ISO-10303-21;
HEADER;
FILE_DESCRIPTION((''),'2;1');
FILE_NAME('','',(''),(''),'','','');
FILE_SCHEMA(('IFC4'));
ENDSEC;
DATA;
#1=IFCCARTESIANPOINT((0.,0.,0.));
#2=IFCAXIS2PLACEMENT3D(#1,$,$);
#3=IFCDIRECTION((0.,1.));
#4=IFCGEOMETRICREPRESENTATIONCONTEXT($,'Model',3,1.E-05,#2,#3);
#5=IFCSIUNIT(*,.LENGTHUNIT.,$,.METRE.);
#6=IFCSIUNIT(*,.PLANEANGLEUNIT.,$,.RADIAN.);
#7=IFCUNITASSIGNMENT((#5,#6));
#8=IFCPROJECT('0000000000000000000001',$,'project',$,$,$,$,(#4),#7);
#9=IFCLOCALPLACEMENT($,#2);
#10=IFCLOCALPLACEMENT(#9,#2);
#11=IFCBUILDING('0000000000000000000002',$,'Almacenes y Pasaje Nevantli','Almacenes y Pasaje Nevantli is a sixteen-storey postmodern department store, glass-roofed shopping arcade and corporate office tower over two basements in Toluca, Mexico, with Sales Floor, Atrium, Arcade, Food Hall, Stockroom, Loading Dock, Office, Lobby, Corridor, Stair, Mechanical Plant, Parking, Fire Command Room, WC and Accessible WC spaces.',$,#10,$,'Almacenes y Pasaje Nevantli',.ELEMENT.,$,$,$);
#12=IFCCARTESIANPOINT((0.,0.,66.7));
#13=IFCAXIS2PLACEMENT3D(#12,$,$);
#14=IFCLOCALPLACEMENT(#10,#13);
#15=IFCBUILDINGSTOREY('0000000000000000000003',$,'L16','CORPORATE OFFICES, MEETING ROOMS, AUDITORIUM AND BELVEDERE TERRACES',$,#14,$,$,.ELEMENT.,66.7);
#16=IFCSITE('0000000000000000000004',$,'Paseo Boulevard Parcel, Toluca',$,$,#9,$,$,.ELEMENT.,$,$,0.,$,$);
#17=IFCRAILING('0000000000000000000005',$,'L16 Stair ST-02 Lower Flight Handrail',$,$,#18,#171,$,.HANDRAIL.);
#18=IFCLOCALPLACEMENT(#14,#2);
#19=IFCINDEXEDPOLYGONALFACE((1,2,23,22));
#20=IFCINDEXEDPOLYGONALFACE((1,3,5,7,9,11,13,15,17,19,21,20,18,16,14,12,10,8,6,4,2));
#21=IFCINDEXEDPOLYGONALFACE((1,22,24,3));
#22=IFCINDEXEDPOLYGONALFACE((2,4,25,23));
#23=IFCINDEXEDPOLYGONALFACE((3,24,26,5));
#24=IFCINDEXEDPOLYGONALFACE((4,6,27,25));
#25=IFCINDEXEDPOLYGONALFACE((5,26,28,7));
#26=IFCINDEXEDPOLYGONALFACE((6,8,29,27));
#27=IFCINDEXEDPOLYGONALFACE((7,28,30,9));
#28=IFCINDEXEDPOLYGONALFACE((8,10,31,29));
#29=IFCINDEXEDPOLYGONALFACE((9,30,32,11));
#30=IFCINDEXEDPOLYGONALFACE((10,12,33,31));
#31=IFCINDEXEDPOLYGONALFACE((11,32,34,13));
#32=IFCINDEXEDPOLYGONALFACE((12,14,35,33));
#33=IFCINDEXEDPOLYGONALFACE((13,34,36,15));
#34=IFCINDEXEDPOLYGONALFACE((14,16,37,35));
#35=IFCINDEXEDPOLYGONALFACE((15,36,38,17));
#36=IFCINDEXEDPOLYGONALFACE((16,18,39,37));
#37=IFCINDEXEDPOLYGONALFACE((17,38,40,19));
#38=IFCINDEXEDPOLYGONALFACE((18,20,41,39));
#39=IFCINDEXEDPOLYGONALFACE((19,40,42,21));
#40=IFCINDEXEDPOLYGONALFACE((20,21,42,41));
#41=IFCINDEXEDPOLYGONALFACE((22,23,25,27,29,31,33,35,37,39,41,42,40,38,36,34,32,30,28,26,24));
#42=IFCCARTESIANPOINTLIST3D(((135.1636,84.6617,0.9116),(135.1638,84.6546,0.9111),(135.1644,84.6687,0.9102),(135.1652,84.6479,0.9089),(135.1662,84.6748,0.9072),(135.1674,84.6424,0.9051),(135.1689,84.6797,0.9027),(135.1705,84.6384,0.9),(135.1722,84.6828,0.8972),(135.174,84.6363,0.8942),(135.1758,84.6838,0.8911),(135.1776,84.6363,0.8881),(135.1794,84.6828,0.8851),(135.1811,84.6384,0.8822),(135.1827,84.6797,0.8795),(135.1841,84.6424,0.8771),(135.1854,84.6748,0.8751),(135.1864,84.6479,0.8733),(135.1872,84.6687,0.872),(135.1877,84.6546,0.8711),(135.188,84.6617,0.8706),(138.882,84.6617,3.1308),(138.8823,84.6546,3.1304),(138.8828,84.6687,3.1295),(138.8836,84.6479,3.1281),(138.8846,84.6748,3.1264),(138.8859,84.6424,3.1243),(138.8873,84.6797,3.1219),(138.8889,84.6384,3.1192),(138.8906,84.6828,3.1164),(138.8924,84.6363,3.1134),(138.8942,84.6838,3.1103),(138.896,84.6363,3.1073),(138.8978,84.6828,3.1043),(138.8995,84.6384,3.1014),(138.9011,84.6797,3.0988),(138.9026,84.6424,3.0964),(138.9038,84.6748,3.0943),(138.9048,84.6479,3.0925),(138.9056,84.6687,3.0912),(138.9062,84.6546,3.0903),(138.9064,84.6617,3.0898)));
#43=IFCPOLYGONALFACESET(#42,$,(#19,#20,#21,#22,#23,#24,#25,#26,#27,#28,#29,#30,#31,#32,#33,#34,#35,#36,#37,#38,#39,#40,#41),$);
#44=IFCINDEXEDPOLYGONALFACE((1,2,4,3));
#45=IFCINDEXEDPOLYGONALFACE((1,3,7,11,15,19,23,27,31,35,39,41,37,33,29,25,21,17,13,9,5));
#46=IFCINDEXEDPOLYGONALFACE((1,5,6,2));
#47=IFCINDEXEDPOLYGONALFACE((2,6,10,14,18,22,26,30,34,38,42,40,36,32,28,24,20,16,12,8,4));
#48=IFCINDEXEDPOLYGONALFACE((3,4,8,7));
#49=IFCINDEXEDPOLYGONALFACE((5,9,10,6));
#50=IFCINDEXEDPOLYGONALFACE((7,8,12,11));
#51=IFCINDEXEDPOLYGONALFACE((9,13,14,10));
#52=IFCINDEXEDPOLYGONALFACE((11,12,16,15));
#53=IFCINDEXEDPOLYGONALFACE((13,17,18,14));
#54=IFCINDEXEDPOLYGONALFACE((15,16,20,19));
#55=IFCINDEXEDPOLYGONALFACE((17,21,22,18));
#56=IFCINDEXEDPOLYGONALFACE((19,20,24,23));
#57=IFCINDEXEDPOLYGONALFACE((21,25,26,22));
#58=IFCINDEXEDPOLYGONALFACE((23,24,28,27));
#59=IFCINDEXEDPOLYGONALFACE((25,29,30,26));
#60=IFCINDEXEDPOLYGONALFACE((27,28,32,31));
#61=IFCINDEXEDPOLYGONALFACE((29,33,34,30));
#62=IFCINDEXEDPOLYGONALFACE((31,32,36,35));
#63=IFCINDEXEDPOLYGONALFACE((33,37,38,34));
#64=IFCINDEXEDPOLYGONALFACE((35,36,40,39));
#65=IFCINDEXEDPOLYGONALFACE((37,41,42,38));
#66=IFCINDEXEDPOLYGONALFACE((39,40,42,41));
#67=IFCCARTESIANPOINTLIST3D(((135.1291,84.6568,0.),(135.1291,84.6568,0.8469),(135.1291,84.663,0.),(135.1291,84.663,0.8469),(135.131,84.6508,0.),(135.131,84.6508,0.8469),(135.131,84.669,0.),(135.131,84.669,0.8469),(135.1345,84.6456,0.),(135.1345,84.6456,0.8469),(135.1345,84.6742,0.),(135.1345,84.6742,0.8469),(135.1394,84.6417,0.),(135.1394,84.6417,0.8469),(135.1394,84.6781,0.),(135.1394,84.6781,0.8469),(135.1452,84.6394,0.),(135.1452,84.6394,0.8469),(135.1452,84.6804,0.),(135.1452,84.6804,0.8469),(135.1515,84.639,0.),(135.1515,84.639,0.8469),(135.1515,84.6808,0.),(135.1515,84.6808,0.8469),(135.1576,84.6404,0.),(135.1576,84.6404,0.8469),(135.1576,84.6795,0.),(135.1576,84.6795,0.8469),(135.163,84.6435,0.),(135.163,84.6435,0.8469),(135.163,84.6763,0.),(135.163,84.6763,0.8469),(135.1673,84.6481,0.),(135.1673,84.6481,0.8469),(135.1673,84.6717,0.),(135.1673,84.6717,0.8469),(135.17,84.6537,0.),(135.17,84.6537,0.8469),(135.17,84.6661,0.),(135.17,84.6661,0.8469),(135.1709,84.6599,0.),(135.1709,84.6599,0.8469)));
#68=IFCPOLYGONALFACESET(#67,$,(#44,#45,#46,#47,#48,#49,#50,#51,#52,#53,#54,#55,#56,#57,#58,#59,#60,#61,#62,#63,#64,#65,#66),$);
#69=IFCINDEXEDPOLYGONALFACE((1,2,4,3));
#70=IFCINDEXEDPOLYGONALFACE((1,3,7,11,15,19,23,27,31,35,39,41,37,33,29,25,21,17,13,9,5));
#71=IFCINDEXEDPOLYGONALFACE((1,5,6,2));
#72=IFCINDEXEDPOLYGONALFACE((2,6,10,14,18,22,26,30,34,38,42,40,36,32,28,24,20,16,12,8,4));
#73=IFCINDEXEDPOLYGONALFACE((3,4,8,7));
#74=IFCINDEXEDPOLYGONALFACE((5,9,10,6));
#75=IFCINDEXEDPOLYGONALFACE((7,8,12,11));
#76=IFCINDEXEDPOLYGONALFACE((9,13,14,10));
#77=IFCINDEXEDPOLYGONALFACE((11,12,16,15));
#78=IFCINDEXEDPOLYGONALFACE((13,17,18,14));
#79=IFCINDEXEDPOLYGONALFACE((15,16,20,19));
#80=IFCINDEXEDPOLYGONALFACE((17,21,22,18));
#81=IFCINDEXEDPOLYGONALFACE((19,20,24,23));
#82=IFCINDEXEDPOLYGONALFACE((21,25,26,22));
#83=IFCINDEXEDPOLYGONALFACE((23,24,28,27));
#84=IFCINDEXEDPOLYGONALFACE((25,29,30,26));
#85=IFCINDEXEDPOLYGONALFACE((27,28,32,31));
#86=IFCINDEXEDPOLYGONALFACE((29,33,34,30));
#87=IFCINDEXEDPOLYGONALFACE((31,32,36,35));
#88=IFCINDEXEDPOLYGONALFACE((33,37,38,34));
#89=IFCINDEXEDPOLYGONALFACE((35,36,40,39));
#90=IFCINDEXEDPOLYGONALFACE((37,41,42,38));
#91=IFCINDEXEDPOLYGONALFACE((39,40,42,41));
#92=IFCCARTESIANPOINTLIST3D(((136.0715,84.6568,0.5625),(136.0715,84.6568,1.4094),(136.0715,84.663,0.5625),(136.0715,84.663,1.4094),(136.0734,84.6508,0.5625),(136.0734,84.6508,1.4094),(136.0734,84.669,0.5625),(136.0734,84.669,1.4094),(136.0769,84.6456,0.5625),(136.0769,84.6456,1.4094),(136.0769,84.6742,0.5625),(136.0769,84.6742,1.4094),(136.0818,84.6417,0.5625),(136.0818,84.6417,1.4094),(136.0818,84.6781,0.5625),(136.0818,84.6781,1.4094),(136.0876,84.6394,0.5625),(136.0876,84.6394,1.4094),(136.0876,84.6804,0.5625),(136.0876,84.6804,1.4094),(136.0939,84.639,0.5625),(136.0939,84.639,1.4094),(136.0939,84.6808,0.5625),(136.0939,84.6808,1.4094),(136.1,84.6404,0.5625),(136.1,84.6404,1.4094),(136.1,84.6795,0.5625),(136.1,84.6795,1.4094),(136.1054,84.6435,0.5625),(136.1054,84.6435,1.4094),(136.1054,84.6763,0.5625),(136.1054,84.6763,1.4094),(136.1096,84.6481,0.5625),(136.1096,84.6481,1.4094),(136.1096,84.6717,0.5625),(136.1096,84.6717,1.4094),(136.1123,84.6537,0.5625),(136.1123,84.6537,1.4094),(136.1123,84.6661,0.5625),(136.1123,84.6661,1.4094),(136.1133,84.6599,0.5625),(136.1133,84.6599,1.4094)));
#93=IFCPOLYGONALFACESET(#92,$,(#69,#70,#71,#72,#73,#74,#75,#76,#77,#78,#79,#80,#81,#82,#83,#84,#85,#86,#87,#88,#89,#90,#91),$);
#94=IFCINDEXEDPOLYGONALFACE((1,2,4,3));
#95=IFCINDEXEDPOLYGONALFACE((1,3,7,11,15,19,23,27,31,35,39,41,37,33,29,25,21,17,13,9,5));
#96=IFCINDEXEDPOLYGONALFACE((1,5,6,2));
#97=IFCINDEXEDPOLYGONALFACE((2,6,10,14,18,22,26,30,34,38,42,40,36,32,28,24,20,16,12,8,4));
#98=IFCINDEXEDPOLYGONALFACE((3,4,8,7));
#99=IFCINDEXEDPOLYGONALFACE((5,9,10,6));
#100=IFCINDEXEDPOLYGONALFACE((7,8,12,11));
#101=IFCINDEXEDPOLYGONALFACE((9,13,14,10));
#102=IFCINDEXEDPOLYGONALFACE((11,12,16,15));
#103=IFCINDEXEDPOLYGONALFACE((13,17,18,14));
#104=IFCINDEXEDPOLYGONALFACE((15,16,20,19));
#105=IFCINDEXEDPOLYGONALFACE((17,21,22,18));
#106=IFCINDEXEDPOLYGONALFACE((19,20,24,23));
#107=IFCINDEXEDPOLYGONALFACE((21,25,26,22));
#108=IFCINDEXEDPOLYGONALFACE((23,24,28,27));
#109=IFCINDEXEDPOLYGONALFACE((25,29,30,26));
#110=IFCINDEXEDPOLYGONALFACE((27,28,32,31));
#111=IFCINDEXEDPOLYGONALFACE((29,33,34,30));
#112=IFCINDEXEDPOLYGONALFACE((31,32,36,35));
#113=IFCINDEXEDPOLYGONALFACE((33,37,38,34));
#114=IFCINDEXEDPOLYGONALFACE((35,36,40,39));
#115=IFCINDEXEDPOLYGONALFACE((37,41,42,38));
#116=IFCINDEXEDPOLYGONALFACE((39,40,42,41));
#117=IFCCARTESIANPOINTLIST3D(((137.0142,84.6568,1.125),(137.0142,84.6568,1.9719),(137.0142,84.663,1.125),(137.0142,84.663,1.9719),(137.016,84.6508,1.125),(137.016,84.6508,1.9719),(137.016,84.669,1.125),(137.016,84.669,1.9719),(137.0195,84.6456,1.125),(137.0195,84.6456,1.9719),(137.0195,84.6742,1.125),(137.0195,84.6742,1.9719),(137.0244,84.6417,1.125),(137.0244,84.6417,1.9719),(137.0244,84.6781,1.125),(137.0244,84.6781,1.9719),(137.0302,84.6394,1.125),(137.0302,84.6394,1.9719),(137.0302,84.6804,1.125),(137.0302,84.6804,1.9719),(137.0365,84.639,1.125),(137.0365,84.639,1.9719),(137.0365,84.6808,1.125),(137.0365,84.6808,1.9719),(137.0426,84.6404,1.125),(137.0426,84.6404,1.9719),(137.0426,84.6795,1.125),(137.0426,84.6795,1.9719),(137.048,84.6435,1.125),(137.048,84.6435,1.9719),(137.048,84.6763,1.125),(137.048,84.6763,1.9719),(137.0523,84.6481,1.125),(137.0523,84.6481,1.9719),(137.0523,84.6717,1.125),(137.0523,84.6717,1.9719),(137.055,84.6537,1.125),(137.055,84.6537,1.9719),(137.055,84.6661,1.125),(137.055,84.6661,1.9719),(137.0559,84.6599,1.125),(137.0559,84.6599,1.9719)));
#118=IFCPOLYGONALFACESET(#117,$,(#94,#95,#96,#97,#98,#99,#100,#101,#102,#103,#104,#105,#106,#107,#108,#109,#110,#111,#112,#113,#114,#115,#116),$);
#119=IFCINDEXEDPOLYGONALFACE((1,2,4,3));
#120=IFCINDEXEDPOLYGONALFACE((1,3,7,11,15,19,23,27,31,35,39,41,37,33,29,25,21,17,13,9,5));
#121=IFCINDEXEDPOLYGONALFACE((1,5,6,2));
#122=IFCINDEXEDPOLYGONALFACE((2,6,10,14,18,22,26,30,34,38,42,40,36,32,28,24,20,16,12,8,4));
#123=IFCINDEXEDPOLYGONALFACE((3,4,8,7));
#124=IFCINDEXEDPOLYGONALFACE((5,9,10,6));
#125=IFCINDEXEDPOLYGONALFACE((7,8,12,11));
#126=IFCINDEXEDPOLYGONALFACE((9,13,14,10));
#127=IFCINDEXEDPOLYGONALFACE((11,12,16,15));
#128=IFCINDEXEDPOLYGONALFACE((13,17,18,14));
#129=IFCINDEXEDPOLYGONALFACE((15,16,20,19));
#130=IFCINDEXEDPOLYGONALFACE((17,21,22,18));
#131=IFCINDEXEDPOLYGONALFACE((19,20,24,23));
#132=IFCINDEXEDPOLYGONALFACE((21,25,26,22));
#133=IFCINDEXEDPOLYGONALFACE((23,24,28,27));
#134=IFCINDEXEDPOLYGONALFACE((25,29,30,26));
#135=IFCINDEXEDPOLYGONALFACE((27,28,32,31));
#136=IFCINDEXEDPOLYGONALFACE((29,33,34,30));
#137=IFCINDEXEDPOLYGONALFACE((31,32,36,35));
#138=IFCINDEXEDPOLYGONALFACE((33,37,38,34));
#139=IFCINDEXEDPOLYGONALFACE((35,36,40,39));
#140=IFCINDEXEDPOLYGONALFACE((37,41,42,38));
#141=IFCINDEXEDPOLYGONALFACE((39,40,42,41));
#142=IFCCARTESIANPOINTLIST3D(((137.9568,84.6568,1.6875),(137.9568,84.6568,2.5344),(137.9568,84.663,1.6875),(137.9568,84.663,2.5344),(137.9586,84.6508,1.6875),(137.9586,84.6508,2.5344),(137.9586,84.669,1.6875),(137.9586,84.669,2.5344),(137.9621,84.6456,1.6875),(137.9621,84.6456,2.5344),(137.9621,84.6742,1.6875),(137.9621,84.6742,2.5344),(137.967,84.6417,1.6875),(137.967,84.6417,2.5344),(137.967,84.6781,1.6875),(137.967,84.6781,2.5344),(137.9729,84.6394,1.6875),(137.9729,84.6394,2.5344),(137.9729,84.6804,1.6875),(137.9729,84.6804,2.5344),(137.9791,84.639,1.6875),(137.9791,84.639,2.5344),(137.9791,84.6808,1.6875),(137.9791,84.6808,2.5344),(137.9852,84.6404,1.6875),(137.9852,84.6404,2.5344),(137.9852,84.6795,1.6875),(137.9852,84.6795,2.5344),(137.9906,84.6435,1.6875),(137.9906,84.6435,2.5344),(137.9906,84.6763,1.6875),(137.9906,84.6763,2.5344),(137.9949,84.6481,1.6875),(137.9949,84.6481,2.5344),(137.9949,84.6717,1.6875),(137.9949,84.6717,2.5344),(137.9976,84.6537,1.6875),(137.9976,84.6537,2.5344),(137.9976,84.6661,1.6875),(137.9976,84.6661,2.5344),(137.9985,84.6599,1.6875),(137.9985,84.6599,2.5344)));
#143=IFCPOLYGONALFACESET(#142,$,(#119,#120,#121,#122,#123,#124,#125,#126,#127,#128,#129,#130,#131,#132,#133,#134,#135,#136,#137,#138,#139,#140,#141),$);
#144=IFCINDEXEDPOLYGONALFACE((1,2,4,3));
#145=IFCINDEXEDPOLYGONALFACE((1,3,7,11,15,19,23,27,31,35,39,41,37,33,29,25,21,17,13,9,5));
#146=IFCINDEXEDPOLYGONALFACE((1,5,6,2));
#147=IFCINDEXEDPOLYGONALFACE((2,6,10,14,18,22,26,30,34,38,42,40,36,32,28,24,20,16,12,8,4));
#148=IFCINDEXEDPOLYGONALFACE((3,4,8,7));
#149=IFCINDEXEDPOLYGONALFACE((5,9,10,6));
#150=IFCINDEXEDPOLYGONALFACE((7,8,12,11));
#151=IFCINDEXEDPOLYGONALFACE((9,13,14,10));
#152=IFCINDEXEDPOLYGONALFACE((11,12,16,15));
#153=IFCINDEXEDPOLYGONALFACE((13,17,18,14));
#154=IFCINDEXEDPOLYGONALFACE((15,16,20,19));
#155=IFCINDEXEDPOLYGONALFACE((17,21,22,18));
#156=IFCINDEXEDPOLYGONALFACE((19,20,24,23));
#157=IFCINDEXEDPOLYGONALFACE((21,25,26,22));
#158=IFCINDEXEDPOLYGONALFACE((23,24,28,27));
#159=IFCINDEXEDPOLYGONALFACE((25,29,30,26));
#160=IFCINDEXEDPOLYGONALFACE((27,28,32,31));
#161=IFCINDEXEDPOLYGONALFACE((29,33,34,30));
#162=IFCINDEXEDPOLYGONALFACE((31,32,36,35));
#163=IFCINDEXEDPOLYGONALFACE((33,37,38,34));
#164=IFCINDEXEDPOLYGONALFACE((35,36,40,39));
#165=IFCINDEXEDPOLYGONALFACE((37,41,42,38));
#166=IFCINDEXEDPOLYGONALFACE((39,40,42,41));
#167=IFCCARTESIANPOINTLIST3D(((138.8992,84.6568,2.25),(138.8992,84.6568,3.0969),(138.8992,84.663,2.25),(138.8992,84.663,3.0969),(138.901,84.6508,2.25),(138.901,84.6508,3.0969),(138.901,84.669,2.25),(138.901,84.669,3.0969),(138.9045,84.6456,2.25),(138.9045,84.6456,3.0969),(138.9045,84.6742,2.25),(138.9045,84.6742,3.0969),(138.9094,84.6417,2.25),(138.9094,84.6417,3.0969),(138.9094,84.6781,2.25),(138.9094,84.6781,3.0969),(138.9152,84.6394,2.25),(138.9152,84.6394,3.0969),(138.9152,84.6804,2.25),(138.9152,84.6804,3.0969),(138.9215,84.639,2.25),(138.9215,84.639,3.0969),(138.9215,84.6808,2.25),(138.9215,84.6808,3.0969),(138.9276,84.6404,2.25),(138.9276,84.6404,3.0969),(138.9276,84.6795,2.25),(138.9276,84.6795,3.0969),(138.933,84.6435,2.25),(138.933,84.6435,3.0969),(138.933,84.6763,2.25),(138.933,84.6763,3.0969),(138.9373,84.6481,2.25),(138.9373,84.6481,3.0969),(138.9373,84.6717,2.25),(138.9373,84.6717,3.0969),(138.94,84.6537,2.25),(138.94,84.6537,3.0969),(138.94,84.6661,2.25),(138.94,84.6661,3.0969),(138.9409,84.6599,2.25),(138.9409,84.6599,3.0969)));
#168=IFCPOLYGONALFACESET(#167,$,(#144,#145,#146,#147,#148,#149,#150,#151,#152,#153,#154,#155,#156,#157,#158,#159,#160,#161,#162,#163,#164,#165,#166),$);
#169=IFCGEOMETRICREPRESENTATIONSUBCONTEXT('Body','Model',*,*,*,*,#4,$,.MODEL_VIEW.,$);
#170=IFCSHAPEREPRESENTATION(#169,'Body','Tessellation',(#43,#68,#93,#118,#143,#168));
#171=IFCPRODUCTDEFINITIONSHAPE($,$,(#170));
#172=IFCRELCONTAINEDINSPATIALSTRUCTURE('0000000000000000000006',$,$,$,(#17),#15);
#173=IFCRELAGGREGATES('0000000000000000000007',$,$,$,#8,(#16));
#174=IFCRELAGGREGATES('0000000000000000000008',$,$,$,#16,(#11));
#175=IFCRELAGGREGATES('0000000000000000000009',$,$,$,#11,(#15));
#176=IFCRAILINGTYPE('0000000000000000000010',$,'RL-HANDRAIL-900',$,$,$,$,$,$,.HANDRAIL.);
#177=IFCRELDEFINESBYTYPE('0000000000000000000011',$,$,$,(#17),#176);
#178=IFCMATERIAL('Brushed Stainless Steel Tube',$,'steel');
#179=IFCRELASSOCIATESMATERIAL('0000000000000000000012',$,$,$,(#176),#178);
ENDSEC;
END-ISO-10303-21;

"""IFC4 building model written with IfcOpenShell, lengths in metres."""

from ifc_helpers import new_model, si_unit, direction, frame, origin, origin_2d, place, context, subcontext, project, spatial, circle, extrude, material, type_object, element, save


model = new_model("IFC4")

# Units and contexts
model_context = context("Model", 3, precision=1e-05, world=origin(), true_north=direction((0.0, 1.0)))
body_context = subcontext(model_context, "Body", "Model", "MODEL_VIEW")
ifc_project = project(units=[si_unit("LENGTHUNIT", "METRE"), si_unit("PLANEANGLEUNIT", "RADIAN")], contexts=[model_context])

# Site, building, storey
site_placement = place(None, origin())
site = spatial("IfcSite", under=ifc_project, at=site_placement, Name="Paseo Boulevard Parcel, Toluca", CompositionType="ELEMENT", RefElevation=0.0)
building_placement = place(site_placement, origin())
building = spatial("IfcBuilding", under=site, at=building_placement, Name="Almacenes y Pasaje Nevantli", Description="Almacenes y Pasaje Nevantli is a sixteen-storey postmodern department store, glass-roofed shopping arcade and corporate office tower over two basements in Toluca, Mexico, with Sales Floor, Atrium, Arcade, Food Hall, Stockroom, Loading Dock, Office, Lobby, Corridor, Stair, Mechanical Plant, Parking, Fire Command Room, WC and Accessible WC spaces.", LongName="Almacenes y Pasaje Nevantli", CompositionType="ELEMENT")
storey_placement = place(building_placement, frame((0.0, 0.0, 66.7)))
storey = spatial("IfcBuildingStorey", under=building, at=storey_placement, Name="L16", Description="CORPORATE OFFICES, MEETING ROOMS, AUDITORIUM AND BELVEDERE TERRACES", CompositionType="ELEMENT", Elevation=66.7)

# Railing
ifc_material_1 = material(Name="Brushed Stainless Steel Tube", Category="steel")
railing_type_1 = type_object("IfcRailingType", Name="RL-HANDRAIL-900", PredefinedType="HANDRAIL", material=ifc_material_1)
railing_1_placement = place(storey_placement, frame((135.1499, 84.6599, 0.0)))
element("IfcRailing", 1, at=railing_1_placement, inside=storey, type_object=railing_type_1, Name="L16 Stair ST-02 Lower Flight Handrail", PredefinedType="HANDRAIL", context=body_context, shape_type="SweptSolid", body=[
    extrude(circle(Radius=0.0239, at=origin_2d()), frame((0.0259, 0.0, 0.8911), z_axis=(0.858698, 0.0, 0.512483), x_axis=(0.0, 1.0, 0.0)), (0.0, 0.0, 1.0), 4.3303),
    extrude(circle(Radius=0.021, at=origin_2d()), origin(), (0.0, 0.0, 1.0), 0.8469),
    extrude(circle(Radius=0.021, at=origin_2d()), frame((0.9424, 0.0, 0.5625)), (0.0, 0.0, 1.0), 0.8469),
    extrude(circle(Radius=0.021, at=origin_2d()), frame((1.885, 0.0, 1.125)), (0.0, 0.0, 1.0), 0.8469),
    extrude(circle(Radius=0.021, at=origin_2d()), frame((2.8276, 0.0, 1.6875)), (0.0, 0.0, 1.0), 0.8469),
    extrude(circle(Radius=0.021, at=origin_2d()), frame((3.77, 0.0, 2.25)), (0.0, 0.0, 1.0), 0.8469),
])

save(model, "model.ifc")
